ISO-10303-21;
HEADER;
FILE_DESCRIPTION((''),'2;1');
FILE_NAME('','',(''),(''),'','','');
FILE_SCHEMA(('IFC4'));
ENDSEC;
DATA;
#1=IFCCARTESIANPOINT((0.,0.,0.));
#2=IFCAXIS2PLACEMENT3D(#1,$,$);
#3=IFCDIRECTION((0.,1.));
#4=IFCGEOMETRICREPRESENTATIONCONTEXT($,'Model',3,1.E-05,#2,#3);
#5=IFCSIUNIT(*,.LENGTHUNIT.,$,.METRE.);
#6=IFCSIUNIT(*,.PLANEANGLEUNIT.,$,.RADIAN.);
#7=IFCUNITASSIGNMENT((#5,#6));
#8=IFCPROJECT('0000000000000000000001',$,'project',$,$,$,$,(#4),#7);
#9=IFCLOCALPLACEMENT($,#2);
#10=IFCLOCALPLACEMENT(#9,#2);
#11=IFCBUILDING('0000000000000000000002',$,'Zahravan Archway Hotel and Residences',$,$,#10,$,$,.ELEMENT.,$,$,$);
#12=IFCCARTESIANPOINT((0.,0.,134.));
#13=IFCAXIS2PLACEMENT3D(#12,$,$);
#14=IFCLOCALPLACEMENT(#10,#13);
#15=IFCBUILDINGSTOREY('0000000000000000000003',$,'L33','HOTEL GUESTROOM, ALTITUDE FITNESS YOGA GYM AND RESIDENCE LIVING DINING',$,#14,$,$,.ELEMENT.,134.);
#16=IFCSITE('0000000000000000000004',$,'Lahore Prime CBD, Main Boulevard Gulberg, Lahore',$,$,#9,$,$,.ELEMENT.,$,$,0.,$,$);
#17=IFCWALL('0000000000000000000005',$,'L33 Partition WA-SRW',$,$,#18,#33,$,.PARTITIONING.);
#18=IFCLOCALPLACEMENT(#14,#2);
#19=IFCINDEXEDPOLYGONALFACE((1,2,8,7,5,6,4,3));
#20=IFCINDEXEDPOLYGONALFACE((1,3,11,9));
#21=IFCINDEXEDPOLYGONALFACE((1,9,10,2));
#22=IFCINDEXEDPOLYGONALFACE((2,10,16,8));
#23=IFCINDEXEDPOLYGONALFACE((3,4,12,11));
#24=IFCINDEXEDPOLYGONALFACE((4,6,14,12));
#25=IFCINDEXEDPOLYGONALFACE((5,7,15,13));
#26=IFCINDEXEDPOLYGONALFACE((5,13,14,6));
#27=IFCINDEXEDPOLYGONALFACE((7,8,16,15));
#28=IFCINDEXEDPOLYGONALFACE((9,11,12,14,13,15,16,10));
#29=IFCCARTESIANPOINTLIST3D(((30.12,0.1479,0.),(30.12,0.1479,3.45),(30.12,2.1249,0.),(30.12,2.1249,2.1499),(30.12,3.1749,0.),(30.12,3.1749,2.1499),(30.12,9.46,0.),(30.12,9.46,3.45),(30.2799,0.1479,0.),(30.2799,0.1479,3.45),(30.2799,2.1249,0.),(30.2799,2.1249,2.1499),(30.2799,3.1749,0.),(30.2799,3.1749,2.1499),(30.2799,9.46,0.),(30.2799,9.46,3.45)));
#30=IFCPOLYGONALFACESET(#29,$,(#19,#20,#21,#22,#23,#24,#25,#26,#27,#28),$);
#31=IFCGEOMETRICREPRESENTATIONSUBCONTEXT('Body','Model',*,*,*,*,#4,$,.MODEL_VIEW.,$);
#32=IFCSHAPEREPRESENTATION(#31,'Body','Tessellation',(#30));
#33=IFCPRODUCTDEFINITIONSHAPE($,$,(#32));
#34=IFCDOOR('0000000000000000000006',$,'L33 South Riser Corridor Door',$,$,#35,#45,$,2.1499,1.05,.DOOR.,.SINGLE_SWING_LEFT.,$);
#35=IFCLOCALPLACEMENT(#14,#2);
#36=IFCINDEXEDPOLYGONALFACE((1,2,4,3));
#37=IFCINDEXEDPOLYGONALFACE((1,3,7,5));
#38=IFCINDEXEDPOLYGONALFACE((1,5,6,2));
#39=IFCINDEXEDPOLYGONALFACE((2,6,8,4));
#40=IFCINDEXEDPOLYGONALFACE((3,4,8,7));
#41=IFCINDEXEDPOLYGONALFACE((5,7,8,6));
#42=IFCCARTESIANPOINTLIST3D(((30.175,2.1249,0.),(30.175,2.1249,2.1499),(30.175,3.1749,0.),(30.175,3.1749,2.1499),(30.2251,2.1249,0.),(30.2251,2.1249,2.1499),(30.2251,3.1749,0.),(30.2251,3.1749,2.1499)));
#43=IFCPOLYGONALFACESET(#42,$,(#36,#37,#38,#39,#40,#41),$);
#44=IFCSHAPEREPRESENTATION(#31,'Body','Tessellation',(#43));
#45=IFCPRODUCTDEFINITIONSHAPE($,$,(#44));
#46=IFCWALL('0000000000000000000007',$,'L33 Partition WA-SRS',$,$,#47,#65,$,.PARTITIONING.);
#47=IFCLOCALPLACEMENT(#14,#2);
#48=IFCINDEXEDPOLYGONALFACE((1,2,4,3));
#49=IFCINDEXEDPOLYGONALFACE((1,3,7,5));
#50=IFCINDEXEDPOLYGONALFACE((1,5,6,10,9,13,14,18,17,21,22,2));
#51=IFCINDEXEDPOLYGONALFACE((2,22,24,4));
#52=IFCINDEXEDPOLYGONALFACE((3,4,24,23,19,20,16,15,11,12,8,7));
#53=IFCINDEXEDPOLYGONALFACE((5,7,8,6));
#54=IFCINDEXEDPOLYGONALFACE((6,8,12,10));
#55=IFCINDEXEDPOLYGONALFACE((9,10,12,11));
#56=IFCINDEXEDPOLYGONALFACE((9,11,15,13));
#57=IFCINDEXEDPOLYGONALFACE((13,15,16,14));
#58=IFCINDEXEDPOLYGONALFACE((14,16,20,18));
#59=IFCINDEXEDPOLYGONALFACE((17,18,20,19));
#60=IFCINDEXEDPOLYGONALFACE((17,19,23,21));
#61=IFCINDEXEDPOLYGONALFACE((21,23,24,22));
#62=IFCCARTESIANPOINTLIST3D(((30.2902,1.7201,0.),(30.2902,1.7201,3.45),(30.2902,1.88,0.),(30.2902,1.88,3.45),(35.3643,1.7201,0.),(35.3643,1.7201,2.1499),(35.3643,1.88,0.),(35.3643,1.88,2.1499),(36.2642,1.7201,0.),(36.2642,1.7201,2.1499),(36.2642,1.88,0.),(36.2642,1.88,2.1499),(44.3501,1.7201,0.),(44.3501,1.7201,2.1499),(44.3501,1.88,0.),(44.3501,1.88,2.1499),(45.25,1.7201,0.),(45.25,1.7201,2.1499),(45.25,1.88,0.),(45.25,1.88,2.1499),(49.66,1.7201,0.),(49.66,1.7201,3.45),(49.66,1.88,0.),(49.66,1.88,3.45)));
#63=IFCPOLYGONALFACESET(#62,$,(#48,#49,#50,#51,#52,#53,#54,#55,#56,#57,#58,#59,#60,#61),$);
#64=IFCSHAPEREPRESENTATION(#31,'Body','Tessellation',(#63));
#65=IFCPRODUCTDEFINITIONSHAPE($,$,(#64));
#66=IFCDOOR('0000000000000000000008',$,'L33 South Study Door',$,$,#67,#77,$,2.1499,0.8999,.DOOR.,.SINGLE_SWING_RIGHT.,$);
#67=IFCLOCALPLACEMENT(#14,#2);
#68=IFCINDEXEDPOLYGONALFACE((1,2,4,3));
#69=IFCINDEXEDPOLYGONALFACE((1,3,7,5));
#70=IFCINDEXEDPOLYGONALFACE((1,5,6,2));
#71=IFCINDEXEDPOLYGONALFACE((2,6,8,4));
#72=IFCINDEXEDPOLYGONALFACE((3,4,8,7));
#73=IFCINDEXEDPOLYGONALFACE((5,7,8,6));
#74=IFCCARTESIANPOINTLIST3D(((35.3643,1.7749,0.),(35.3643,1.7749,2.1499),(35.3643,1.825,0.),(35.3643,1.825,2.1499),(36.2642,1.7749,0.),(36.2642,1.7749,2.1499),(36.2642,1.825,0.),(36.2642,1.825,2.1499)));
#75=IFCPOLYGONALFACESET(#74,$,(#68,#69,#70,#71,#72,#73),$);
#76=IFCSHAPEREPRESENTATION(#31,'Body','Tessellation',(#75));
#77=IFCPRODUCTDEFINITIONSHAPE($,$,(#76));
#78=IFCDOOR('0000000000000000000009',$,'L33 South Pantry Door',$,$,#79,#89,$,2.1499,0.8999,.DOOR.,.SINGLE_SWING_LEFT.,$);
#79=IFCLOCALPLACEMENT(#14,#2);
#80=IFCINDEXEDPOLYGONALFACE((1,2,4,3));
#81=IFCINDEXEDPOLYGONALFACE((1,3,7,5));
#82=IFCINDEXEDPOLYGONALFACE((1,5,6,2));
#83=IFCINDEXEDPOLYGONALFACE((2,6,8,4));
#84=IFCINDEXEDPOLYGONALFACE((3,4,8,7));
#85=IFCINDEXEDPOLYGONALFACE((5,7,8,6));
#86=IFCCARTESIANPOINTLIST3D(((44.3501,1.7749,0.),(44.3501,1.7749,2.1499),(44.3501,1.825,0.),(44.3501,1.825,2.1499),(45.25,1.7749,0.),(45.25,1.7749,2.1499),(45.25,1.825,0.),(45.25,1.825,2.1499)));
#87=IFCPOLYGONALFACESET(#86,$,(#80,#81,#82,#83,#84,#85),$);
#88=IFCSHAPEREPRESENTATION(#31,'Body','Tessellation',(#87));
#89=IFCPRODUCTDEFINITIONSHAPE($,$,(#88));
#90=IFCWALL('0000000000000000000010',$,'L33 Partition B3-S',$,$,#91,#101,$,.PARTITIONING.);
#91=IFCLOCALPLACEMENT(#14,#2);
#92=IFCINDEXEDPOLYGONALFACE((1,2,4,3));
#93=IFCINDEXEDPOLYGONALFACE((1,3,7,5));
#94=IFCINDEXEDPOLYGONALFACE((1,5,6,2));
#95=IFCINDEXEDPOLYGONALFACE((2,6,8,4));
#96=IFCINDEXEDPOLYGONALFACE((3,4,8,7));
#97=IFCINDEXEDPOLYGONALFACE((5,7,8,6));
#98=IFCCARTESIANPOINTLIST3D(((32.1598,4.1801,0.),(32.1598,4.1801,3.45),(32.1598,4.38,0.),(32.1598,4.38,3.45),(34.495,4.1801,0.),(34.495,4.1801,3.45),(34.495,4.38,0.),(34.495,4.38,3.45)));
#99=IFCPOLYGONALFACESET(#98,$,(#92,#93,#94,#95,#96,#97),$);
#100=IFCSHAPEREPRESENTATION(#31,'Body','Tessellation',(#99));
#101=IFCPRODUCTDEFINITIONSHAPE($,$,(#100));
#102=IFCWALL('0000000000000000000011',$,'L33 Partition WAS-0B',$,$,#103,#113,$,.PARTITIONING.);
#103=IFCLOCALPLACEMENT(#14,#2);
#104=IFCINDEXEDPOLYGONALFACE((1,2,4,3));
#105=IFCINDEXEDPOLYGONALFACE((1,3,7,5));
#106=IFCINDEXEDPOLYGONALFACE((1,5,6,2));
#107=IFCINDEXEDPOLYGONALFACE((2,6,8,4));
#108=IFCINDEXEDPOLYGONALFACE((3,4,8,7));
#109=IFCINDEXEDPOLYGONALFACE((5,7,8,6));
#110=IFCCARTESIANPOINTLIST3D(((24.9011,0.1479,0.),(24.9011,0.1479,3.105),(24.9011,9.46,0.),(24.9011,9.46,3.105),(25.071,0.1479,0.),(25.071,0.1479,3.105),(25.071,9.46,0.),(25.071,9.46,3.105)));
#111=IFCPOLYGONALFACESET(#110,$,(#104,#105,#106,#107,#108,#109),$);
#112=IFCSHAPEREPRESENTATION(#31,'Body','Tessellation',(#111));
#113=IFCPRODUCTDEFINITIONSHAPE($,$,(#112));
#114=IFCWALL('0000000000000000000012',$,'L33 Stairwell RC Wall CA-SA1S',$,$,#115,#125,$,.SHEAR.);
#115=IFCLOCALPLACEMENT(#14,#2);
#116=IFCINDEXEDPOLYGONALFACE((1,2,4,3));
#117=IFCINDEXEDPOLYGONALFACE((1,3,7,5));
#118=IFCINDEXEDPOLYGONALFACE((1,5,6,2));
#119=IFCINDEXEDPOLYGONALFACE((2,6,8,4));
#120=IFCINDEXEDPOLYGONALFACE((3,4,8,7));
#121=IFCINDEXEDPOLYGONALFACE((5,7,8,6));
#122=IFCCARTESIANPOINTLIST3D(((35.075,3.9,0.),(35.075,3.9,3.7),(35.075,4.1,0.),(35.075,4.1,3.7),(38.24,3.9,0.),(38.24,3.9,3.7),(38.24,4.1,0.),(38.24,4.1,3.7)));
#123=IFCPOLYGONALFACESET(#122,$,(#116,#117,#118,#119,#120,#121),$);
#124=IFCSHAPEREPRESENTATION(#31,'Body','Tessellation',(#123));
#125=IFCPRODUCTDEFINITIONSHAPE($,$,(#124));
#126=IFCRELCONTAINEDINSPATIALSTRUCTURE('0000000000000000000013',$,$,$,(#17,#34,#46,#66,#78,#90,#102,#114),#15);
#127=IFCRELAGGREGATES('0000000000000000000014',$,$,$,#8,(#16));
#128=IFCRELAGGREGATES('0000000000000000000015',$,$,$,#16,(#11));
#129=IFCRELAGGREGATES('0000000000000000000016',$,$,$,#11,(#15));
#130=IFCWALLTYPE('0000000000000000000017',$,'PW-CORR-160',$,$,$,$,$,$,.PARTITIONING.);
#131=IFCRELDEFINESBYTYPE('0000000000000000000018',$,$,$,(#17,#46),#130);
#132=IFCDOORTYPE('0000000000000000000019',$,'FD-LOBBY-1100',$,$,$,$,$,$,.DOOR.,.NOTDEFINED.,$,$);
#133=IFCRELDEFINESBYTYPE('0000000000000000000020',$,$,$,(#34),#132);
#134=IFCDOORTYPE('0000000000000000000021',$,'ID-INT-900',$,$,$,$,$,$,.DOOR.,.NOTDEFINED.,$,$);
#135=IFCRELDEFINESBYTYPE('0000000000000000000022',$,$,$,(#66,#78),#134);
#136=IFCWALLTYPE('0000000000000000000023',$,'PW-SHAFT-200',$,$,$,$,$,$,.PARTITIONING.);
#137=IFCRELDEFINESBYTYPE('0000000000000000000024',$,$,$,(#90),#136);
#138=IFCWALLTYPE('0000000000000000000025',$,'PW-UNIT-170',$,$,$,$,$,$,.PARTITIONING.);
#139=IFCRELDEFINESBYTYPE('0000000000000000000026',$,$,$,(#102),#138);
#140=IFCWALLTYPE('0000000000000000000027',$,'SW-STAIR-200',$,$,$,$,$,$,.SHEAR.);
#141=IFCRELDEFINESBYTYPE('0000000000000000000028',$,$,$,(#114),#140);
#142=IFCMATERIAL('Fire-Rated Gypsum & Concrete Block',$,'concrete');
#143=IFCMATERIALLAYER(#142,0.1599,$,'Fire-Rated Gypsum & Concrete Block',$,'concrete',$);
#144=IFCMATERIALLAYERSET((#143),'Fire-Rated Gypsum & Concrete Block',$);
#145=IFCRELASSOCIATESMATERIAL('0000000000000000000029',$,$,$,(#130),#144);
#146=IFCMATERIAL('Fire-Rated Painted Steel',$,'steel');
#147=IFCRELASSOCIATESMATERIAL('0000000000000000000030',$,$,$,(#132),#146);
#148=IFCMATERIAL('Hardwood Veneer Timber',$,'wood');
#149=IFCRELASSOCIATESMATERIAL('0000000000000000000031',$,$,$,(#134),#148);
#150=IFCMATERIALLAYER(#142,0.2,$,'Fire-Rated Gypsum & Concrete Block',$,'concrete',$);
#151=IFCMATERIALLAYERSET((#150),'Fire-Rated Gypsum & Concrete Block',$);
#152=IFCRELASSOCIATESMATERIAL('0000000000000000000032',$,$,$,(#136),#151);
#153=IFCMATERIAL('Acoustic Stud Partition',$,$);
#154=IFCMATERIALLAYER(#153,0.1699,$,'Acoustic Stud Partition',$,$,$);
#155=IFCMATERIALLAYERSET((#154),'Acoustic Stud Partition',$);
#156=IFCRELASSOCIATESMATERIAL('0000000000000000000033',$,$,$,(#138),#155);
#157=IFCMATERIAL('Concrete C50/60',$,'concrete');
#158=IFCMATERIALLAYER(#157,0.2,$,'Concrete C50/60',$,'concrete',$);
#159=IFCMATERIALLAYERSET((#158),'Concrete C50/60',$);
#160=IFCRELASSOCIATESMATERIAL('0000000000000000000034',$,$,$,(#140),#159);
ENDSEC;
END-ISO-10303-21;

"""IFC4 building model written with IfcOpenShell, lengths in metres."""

from ifc_helpers import new_model, si_unit, direction, frame, frame_2d, origin, place, context, subcontext, project, spatial, rectangle, extrude, source, transform, mapped, material, layer, layer_set, type_object, type_shapes, element, fill, save


model = new_model("IFC4")

# Units and contexts
model_context = context("Model", 3, precision=1e-05, world=origin(), true_north=direction((0.0, 1.0)))
body_context = subcontext(model_context, "Body", "Model", "MODEL_VIEW")
ifc_project = project(units=[si_unit("LENGTHUNIT", "METRE"), si_unit("PLANEANGLEUNIT", "RADIAN")], contexts=[model_context])

# Site, building, storey
site_placement = place(None, origin())
site = spatial("IfcSite", under=ifc_project, at=site_placement, Name="Lahore Prime CBD, Main Boulevard Gulberg, Lahore", CompositionType="ELEMENT", RefElevation=0.0)
building_placement = place(site_placement, origin())
building = spatial("IfcBuilding", under=site, at=building_placement, Name="Zahravan Archway Hotel and Residences", CompositionType="ELEMENT")
storey_placement = place(building_placement, frame((0.0, 0.0, 134.0)))
storey = spatial("IfcBuildingStorey", under=building, at=storey_placement, Name="L33", Description="HOTEL GUESTROOM, ALTITUDE FITNESS YOGA GYM AND RESIDENCE LIVING DINING", CompositionType="ELEMENT", Elevation=134.0)

# Shared definitions
ifc_material_1 = material(Name="Fire-Rated Painted Steel", Category="steel")

# Wall, opening, door
ifc_material_2 = material(Name="Fire-Rated Gypsum & Concrete Block", Category="concrete")
ifc_layer_1 = layer(ifc_material_2, 0.1599, Name="Fire-Rated Gypsum & Concrete Block", Category="concrete")
ifc_layer_set_1 = layer_set([ifc_layer_1], Name="Fire-Rated Gypsum & Concrete Block")
wall_type_1 = type_object("IfcWallType", Name="PW-CORR-160", PredefinedType="PARTITIONING", material=ifc_layer_set_1)
wall_1_placement = place(storey_placement, frame((30.2, 0.1479, 0.0), z_axis=(0.0, 0.0, 1.0), x_axis=(0.0, 1.0, 0.0)))
wall_1 = element("IfcWall", 1, at=wall_1_placement, inside=storey, type_object=wall_type_1, Name="L33 Partition WA-SRW", PredefinedType="PARTITIONING", context=body_context, shape_type="SweptSolid", body=[
    extrude(rectangle(XDim=9.312, YDim=0.1599, at=frame_2d((4.656, 0.0))), origin(), (0.0, 0.0, 1.0), 3.45),
])
opening_1_placement = place(wall_1_placement, frame((1.9771, 0.0, 0.0)))
opening_1 = element("IfcOpeningElement", 2, at=opening_1_placement, cuts=wall_1, PredefinedType="OPENING", context=body_context, shape_type="SweptSolid", body=[
    extrude(rectangle(XDim=1.05, YDim=2.1499, at=frame_2d((0.5249, 1.075))), frame((0.0, 0.0898, 0.0), z_axis=(0.0, -1.0, 0.0), x_axis=(1.0, 0.0, 0.0)), (0.0, 0.0, 1.0), 0.1799),
])
door_type_1 = type_object("IfcDoorType", Name="FD-LOBBY-1100", OperationType="NOTDEFINED", PredefinedType="DOOR", material=ifc_material_1)
shared_shape_1 = source(origin(), body_context, "Body", "SweptSolid", [
    extrude(rectangle(XDim=1.05, YDim=2.1499, at=frame_2d((0.5249, 1.075))), frame((0.0, 0.0249, 0.0), z_axis=(0.0, -1.0, 0.0), x_axis=(1.0, 0.0, 0.0)), (0.0, 0.0, 1.0), 0.05),
])
type_shapes(door_type_1, [shared_shape_1])
door_1_placement = place(opening_1_placement, origin())
door_1 = element("IfcDoor", 3, at=door_1_placement, inside=storey, type_object=door_type_1, Name="L33 South Riser Corridor Door", OperationType="SINGLE_SWING_LEFT", OverallHeight=2.1499, OverallWidth=1.05, PredefinedType="DOOR", context=body_context, shape_type="MappedRepresentation", body=[
    mapped(shared_shape_1, transform((0.0, 0.0, 0.0), scale=1.0)),
])
fill(opening_1, door_1)

# Wall, openings, doors
wall_2_placement = place(storey_placement, frame((30.29, 1.8, 0.0), z_axis=(0.0, 0.0, 1.0), x_axis=(1.0, 0.0, 0.0)))
wall_2 = element("IfcWall", 4, at=wall_2_placement, inside=storey, type_object=wall_type_1, Name="L33 Partition WA-SRS", PredefinedType="PARTITIONING", context=body_context, shape_type="SweptSolid", body=[
    extrude(rectangle(XDim=19.3699, YDim=0.1599, at=frame_2d((9.6851, 0.0))), origin(), (0.0, 0.0, 1.0), 3.45),
])
opening_2_placement = place(wall_2_placement, frame((5.0742, 0.0, 0.0)))
opening_2 = element("IfcOpeningElement", 5, at=opening_2_placement, cuts=wall_2, PredefinedType="OPENING", context=body_context, shape_type="SweptSolid", body=[
    extrude(rectangle(XDim=0.8999, YDim=2.1499, at=frame_2d((0.45, 1.075))), frame((0.0, 0.0898, 0.0), z_axis=(0.0, -1.0, 0.0), x_axis=(1.0, 0.0, 0.0)), (0.0, 0.0, 1.0), 0.1799),
])
opening_3_placement = place(wall_2_placement, frame((14.0601, 0.0, 0.0)))
opening_3 = element("IfcOpeningElement", 6, at=opening_3_placement, cuts=wall_2, PredefinedType="OPENING", context=body_context, shape_type="SweptSolid", body=[
    extrude(rectangle(XDim=0.8999, YDim=2.1499, at=frame_2d((0.45, 1.075))), frame((0.0, 0.0898, 0.0), z_axis=(0.0, -1.0, 0.0), x_axis=(1.0, 0.0, 0.0)), (0.0, 0.0, 1.0), 0.1799),
])
ifc_material_3 = material(Name="Hardwood Veneer Timber", Category="wood")
door_type_2 = type_object("IfcDoorType", Name="ID-INT-900", OperationType="NOTDEFINED", PredefinedType="DOOR", material=ifc_material_3)
shared_shape_2 = source(origin(), body_context, "Body", "SweptSolid", [
    extrude(rectangle(XDim=0.8999, YDim=2.1499, at=frame_2d((0.45, 1.075))), frame((0.0, 0.0249, 0.0), z_axis=(0.0, -1.0, 0.0), x_axis=(1.0, 0.0, 0.0)), (0.0, 0.0, 1.0), 0.05),
])
type_shapes(door_type_2, [shared_shape_2])
door_2_placement = place(opening_2_placement, origin())
door_2 = element("IfcDoor", 7, at=door_2_placement, inside=storey, type_object=door_type_2, Name="L33 South Study Door", OperationType="SINGLE_SWING_RIGHT", OverallHeight=2.1499, OverallWidth=0.8999, PredefinedType="DOOR", context=body_context, shape_type="MappedRepresentation", body=[
    mapped(shared_shape_2, transform((0.0, 0.0, 0.0), scale=1.0)),
])
fill(opening_2, door_2)
door_3_placement = place(opening_3_placement, origin())
door_3 = element("IfcDoor", 8, at=door_3_placement, inside=storey, type_object=door_type_2, Name="L33 South Pantry Door", OperationType="SINGLE_SWING_LEFT", OverallHeight=2.1499, OverallWidth=0.8999, PredefinedType="DOOR", context=body_context, shape_type="MappedRepresentation", body=[
    mapped(shared_shape_2, transform((0.0, 0.0, 0.0), scale=1.0)),
])
fill(opening_3, door_3)

# Walls
ifc_layer_2 = layer(ifc_material_2, 0.2, Name="Fire-Rated Gypsum & Concrete Block", Category="concrete")
ifc_layer_set_2 = layer_set([ifc_layer_2], Name="Fire-Rated Gypsum & Concrete Block")
wall_type_2 = type_object("IfcWallType", Name="PW-SHAFT-200", PredefinedType="PARTITIONING", material=ifc_layer_set_2)
wall_3_placement = place(storey_placement, frame((32.1599, 4.28, 0.0), z_axis=(0.0, 0.0, 1.0), x_axis=(1.0, 0.0, 0.0)))
element("IfcWall", 9, at=wall_3_placement, inside=storey, type_object=wall_type_2, Name="L33 Partition B3-S", PredefinedType="PARTITIONING", context=body_context, shape_type="SweptSolid", body=[
    extrude(rectangle(XDim=2.3352, YDim=0.2, at=frame_2d((1.1675, 0.0))), origin(), (0.0, 0.0, 1.0), 3.45),
])
ifc_material_4 = material(Name="Acoustic Stud Partition")
ifc_layer_3 = layer(ifc_material_4, 0.1699, Name="Acoustic Stud Partition")
ifc_layer_set_3 = layer_set([ifc_layer_3], Name="Acoustic Stud Partition")
wall_type_3 = type_object("IfcWallType", Name="PW-UNIT-170", PredefinedType="PARTITIONING", material=ifc_layer_set_3)
wall_4_placement = place(storey_placement, frame((24.9861, 0.1479, 0.0), z_axis=(0.0, 0.0, 1.0), x_axis=(0.0, 1.0, 0.0)))
element("IfcWall", 10, at=wall_4_placement, inside=storey, type_object=wall_type_3, Name="L33 Partition WAS-0B", PredefinedType="PARTITIONING", context=body_context, shape_type="SweptSolid", body=[
    extrude(rectangle(XDim=9.312, YDim=0.1699, at=frame_2d((4.656, 0.0))), origin(), (0.0, 0.0, 1.0), 3.105),
])
ifc_material_5 = material(Name="Concrete C50/60", Category="concrete")
ifc_layer_4 = layer(ifc_material_5, 0.2, Name="Concrete C50/60", Category="concrete")
ifc_layer_set_4 = layer_set([ifc_layer_4], Name="Concrete C50/60")
wall_type_4 = type_object("IfcWallType", Name="SW-STAIR-200", PredefinedType="SHEAR", material=ifc_layer_set_4)
wall_5_placement = place(storey_placement, frame((35.075, 4.0, 0.0), z_axis=(0.0, 0.0, 1.0), x_axis=(1.0, 0.0, 0.0)))
element("IfcWall", 11, at=wall_5_placement, inside=storey, type_object=wall_type_4, Name="L33 Stairwell RC Wall CA-SA1S", PredefinedType="SHEAR", context=body_context, shape_type="SweptSolid", body=[
    extrude(rectangle(XDim=3.165, YDim=0.2, at=frame_2d((1.5825, 0.0))), origin(), (0.0, 0.0, 1.0), 3.7),
])

save(model, "model.ifc")
